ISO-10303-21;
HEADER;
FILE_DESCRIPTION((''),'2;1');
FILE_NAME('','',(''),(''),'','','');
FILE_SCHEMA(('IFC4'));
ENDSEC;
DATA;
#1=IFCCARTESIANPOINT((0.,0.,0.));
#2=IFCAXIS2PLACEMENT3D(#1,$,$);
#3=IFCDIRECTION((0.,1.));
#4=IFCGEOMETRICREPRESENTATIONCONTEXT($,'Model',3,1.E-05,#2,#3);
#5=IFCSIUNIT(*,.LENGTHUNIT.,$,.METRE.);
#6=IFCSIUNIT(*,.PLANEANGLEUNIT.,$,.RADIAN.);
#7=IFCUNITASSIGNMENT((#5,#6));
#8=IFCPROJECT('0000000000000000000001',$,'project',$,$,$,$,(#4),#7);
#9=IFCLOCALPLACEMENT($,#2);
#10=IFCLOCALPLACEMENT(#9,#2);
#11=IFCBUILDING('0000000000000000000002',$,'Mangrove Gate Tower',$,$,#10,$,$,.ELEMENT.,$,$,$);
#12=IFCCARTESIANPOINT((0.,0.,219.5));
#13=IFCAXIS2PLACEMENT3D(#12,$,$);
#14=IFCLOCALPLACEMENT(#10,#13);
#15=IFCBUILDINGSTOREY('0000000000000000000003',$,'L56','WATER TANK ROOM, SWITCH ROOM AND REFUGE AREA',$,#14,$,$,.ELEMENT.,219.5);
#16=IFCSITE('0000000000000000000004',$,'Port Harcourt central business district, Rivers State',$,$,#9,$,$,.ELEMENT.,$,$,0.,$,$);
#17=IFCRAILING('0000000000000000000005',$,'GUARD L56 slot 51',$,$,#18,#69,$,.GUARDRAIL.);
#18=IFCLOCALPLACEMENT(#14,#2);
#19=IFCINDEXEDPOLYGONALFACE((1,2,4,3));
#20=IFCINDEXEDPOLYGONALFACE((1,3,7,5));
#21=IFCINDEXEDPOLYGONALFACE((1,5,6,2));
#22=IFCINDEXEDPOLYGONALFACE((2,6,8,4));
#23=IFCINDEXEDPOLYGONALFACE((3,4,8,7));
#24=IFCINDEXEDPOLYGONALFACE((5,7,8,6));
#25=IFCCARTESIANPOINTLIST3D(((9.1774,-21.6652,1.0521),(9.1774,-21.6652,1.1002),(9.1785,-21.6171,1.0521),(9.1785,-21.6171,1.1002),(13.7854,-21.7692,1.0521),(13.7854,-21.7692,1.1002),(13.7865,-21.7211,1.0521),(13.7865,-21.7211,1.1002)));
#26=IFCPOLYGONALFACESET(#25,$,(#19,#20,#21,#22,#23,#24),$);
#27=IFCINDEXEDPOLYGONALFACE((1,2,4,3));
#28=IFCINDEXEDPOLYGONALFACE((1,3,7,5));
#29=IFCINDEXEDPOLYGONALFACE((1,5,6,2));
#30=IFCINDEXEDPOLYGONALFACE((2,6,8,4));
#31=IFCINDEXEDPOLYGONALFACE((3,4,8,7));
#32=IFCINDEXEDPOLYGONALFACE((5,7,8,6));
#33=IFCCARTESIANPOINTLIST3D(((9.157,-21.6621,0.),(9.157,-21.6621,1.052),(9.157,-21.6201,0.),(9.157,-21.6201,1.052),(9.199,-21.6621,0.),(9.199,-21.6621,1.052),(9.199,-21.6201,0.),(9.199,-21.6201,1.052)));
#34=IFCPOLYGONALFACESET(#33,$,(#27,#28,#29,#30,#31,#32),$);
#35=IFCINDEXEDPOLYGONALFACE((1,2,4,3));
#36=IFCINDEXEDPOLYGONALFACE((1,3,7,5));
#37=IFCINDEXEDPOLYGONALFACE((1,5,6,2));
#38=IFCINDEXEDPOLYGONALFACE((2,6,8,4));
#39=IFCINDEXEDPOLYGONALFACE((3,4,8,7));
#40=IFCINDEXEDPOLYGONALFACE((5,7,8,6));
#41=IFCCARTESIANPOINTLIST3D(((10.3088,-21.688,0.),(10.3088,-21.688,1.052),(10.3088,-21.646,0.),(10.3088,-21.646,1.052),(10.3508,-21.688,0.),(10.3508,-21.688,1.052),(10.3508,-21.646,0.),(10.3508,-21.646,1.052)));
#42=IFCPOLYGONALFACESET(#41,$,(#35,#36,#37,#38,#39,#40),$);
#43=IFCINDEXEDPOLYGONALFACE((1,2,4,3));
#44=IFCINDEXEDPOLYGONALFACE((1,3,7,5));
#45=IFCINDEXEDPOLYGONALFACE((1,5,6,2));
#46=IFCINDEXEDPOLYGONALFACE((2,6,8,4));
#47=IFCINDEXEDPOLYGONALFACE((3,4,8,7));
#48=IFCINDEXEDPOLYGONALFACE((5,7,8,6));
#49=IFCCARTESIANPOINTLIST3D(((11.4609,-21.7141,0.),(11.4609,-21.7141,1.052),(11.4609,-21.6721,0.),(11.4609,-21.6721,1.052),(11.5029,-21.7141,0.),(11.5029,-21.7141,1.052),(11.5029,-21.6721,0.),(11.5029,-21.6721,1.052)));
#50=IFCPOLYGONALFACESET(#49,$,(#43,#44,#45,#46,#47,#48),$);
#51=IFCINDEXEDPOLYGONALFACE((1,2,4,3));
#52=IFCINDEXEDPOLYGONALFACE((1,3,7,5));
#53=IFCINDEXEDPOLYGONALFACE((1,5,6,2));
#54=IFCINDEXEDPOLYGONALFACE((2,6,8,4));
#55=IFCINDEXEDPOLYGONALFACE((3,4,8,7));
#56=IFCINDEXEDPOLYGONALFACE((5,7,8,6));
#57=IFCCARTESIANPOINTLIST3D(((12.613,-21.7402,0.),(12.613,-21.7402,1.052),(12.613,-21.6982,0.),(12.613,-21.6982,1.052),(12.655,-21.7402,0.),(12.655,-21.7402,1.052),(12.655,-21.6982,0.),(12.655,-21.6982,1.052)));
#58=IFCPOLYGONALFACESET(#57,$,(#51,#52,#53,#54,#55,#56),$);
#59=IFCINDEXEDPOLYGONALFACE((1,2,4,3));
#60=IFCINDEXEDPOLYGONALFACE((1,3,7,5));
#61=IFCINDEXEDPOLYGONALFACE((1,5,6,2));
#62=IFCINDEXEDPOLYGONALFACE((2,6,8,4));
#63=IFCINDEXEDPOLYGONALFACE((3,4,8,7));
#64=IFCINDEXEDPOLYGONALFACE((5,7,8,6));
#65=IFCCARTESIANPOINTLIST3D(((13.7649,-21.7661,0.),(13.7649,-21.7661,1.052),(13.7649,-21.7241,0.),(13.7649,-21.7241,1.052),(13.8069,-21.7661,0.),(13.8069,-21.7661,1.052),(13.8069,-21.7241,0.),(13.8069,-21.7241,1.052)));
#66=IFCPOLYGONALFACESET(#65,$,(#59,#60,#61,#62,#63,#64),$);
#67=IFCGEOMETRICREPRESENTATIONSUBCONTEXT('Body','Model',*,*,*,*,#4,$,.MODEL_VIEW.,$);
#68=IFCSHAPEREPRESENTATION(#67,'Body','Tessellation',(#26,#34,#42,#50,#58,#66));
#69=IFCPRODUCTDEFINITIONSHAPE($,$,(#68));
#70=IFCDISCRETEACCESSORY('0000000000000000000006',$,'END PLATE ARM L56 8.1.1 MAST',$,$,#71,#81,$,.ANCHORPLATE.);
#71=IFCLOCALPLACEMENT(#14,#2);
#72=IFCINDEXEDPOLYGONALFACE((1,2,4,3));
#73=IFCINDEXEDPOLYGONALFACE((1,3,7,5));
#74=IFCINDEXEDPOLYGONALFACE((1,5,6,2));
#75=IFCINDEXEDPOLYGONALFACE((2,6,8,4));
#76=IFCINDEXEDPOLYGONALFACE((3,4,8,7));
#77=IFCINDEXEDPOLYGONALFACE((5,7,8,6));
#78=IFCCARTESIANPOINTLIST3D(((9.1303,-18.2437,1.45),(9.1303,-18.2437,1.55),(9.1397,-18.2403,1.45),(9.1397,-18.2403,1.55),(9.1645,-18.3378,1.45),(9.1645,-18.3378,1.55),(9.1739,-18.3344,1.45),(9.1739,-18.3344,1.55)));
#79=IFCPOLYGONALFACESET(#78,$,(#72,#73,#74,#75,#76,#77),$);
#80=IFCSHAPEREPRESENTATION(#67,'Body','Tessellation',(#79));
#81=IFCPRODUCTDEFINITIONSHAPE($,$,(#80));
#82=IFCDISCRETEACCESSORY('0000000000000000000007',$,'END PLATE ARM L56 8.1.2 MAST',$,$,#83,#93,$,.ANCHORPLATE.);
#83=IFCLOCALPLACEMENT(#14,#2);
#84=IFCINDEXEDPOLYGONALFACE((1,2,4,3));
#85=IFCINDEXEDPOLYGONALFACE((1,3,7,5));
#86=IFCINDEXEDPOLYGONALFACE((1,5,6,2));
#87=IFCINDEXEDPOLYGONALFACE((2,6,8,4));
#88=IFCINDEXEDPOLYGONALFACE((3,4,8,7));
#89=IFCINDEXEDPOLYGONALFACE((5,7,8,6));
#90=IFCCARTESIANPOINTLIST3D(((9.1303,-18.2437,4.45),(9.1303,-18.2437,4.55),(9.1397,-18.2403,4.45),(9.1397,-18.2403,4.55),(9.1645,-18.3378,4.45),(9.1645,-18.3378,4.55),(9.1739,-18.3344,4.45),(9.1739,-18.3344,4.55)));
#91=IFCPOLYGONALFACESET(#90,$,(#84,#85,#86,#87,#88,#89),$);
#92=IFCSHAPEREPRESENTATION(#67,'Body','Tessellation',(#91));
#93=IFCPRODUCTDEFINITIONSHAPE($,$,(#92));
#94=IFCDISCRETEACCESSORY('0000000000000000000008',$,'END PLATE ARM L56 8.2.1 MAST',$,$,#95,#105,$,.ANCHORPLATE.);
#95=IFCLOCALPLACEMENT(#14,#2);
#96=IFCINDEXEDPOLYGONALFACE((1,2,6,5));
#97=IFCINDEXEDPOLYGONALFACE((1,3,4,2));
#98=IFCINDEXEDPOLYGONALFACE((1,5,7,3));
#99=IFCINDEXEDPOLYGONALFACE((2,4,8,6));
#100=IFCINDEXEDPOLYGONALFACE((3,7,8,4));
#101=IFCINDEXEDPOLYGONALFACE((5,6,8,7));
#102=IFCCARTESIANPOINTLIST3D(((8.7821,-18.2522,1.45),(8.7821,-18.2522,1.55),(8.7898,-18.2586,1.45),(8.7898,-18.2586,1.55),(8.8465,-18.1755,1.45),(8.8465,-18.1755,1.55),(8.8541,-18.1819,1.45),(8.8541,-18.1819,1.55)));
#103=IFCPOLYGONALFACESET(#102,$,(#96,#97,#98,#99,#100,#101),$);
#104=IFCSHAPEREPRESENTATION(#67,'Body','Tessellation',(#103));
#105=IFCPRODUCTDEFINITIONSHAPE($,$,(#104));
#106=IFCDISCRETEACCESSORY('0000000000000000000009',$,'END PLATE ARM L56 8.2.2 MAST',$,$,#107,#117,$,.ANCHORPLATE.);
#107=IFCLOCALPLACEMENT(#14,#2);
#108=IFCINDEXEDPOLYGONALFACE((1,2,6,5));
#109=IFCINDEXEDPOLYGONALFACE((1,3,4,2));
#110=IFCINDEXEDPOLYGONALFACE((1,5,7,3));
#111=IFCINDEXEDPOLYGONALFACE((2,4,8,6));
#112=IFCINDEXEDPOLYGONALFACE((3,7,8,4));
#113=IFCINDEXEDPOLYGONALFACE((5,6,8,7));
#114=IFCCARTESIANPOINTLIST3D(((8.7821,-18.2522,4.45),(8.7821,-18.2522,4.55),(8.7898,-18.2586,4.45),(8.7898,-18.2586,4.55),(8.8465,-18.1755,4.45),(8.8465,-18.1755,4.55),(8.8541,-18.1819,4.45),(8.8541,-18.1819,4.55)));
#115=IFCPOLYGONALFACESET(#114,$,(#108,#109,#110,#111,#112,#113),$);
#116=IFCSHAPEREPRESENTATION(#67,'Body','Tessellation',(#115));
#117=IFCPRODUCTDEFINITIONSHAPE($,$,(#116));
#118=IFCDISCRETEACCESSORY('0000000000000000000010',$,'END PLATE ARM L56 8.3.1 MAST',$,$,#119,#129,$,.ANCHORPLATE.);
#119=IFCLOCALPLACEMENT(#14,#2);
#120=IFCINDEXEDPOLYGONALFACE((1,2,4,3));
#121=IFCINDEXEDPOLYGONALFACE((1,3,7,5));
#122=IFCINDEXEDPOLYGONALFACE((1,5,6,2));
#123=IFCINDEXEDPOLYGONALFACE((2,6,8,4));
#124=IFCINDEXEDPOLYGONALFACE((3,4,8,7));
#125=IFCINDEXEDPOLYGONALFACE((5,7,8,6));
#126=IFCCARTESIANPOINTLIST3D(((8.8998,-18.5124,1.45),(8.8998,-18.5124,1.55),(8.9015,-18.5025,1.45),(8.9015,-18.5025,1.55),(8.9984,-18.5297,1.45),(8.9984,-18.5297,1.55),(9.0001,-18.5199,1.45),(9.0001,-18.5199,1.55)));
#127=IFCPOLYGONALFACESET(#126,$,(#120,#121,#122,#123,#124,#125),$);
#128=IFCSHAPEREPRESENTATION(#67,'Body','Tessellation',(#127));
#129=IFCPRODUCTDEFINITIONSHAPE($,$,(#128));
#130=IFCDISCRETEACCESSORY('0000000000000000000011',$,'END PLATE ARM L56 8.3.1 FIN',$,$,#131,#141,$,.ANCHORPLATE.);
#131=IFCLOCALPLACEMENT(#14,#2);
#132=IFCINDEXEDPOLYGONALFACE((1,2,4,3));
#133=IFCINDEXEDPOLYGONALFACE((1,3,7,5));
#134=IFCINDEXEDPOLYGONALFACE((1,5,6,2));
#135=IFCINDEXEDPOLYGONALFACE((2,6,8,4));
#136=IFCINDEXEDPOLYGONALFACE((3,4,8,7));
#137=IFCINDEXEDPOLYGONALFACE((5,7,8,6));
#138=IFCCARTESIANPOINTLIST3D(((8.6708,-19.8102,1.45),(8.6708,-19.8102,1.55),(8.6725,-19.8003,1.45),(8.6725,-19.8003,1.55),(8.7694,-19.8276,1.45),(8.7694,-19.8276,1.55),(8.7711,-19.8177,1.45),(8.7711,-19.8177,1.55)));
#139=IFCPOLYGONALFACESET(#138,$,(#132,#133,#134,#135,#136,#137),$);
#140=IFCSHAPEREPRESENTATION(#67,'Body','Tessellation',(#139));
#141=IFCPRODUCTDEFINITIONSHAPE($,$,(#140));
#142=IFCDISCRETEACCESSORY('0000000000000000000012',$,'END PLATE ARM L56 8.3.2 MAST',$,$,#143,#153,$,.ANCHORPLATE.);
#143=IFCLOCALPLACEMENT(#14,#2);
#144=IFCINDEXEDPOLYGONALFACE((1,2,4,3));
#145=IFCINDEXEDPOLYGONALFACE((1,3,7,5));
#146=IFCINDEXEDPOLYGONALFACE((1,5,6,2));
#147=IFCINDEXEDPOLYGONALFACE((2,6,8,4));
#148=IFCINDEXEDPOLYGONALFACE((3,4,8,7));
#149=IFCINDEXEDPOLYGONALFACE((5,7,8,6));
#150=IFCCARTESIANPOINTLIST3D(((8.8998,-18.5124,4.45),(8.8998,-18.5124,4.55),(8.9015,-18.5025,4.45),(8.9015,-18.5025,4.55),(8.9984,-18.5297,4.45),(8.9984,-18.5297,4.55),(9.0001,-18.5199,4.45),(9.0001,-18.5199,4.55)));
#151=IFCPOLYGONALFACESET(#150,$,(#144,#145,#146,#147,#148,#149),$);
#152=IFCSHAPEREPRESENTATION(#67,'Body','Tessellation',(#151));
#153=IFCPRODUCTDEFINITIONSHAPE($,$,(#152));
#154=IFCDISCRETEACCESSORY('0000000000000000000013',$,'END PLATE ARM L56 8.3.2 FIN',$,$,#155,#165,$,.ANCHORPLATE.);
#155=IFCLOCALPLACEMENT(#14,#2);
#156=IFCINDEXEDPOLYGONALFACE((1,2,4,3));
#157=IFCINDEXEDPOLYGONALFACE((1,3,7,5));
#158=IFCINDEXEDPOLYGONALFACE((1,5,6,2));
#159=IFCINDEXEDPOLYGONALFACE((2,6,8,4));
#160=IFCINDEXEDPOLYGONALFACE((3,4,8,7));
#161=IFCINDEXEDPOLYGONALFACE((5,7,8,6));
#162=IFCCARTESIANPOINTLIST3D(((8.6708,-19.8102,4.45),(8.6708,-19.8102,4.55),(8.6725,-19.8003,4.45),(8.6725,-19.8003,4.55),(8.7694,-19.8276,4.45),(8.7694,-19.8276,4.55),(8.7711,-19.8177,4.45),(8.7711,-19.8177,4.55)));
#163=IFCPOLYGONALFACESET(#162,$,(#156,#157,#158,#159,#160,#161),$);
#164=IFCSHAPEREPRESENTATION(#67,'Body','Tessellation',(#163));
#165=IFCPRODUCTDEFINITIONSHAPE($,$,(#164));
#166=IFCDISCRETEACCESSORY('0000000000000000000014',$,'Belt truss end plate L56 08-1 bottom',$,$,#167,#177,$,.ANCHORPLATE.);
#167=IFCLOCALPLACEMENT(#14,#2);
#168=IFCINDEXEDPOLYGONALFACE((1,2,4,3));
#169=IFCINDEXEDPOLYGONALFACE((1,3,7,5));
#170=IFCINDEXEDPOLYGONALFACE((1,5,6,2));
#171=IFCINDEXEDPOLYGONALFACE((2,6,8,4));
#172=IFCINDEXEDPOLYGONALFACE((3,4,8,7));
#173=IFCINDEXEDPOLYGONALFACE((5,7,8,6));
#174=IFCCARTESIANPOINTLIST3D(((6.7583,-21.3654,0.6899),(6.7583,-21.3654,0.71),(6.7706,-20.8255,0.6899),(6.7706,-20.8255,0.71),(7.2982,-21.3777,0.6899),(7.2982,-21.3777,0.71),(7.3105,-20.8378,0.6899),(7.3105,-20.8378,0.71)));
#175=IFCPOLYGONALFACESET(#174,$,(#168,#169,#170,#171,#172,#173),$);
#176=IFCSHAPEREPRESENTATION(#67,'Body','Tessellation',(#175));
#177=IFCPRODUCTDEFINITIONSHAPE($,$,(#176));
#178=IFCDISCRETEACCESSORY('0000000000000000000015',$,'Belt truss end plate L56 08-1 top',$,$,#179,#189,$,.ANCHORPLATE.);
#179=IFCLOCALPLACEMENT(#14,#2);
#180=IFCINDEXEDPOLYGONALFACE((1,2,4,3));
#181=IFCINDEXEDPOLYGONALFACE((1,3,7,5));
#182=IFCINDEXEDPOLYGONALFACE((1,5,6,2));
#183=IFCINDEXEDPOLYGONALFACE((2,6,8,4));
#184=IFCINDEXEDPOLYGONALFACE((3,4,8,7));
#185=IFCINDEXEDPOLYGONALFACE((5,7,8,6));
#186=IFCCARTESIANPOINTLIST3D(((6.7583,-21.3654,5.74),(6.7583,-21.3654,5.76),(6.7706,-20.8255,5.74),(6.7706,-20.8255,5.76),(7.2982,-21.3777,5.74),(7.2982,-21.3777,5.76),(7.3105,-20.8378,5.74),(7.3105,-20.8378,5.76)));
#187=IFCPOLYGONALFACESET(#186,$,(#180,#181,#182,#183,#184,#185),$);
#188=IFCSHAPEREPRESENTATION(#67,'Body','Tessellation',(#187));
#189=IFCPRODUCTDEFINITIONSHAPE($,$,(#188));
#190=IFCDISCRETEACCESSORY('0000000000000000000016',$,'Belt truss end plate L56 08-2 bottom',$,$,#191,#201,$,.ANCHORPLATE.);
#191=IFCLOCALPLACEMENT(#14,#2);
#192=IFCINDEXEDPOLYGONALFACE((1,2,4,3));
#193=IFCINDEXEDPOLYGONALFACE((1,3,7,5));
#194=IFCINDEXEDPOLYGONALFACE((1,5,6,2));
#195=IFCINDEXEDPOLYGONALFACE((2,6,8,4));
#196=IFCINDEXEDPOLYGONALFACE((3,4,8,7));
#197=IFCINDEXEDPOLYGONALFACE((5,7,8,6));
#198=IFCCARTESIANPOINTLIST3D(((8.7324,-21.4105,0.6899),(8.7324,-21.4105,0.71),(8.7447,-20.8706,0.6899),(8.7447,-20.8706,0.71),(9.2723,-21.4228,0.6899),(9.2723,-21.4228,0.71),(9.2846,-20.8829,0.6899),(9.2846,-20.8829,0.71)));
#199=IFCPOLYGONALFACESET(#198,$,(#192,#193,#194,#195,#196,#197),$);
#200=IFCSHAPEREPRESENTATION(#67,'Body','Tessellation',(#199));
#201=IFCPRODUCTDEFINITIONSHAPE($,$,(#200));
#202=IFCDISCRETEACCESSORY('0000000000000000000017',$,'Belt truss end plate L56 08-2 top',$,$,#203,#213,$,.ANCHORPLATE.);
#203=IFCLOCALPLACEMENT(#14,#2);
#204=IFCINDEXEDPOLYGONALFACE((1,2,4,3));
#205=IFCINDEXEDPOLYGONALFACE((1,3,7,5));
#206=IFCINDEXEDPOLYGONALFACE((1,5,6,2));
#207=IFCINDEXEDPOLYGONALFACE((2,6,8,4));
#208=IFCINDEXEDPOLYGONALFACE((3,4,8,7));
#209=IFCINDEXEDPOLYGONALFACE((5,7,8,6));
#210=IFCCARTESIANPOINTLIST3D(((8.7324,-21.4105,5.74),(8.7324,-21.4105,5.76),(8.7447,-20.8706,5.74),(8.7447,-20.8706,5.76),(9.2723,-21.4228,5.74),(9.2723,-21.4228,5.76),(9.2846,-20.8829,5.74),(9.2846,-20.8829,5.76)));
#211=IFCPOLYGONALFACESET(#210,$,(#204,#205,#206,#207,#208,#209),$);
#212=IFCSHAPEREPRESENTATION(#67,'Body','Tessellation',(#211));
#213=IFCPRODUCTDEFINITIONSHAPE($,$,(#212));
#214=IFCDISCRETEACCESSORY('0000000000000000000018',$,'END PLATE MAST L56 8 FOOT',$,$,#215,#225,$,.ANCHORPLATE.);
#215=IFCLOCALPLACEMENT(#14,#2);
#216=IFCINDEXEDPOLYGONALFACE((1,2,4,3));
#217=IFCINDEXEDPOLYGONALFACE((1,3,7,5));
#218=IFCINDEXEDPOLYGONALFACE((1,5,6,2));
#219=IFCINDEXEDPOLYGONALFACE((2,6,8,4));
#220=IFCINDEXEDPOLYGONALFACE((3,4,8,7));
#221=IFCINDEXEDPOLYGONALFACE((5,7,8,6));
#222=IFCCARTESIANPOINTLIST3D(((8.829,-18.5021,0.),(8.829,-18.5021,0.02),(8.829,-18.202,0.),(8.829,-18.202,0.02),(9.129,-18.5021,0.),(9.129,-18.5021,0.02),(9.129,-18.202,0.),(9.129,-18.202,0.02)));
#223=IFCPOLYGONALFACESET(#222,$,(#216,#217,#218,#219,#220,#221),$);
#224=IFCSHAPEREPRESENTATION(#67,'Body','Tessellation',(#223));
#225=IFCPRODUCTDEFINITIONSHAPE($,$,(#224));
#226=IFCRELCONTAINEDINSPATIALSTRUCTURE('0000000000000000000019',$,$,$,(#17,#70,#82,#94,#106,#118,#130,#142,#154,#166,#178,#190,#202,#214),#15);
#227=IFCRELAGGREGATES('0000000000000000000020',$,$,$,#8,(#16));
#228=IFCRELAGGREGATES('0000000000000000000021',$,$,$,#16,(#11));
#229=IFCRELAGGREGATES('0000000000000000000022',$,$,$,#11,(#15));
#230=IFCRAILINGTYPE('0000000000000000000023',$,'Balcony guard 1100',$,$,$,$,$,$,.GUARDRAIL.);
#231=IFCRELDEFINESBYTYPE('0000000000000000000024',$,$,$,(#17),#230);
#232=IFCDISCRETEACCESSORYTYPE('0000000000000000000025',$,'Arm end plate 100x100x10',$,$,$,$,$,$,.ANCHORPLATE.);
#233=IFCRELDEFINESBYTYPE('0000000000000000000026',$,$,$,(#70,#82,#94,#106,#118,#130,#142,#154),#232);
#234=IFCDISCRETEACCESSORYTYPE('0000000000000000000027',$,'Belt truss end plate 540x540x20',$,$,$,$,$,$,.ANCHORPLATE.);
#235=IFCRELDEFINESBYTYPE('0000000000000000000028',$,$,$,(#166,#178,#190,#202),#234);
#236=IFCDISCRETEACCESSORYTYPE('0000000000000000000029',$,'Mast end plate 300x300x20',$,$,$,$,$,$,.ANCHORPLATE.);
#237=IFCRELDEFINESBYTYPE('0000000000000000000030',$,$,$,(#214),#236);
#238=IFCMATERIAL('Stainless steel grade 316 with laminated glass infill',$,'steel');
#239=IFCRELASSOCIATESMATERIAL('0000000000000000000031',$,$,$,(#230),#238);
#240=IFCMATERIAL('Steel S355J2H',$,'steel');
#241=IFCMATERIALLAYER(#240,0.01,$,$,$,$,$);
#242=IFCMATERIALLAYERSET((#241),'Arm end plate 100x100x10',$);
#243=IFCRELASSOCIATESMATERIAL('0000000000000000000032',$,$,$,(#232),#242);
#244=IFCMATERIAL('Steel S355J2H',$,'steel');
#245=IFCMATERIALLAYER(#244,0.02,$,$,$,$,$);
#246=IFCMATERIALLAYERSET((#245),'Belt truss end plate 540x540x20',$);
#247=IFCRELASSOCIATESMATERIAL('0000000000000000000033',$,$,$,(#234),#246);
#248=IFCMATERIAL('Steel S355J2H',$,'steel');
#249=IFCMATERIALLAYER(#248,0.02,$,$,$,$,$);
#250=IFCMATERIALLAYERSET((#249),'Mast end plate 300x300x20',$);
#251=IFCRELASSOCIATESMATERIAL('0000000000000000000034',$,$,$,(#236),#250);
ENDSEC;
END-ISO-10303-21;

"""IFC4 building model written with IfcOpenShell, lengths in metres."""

from ifc_helpers import new_model, si_unit, direction, frame, origin, origin_2d, place, context, subcontext, project, spatial, rectangle, extrude, material, layer, layer_set, type_object, element, save


model = new_model("IFC4")

# Units and contexts
model_context = context("Model", 3, precision=1e-05, world=origin(), true_north=direction((0.0, 1.0)))
body_context = subcontext(model_context, "Body", "Model", "MODEL_VIEW")
ifc_project = project(units=[si_unit("LENGTHUNIT", "METRE"), si_unit("PLANEANGLEUNIT", "RADIAN")], contexts=[model_context])

# Site, building, storey
site_placement = place(None, origin())
site = spatial("IfcSite", under=ifc_project, at=site_placement, Name="Port Harcourt central business district, Rivers State", CompositionType="ELEMENT", RefElevation=0.0)
building_placement = place(site_placement, origin())
building = spatial("IfcBuilding", under=site, at=building_placement, Name="Mangrove Gate Tower", CompositionType="ELEMENT")
storey_placement = place(building_placement, frame((0.0, 0.0, 219.5)))
storey = spatial("IfcBuildingStorey", under=building, at=storey_placement, Name="L56", Description="WATER TANK ROOM, SWITCH ROOM AND REFUGE AREA", CompositionType="ELEMENT", Elevation=219.5)

# Railing
ifc_material_1 = material(Name="Stainless steel grade 316 with laminated glass infill", Category="steel")
railing_type = type_object("IfcRailingType", Name="Balcony guard 1100", PredefinedType="GUARDRAIL", material=ifc_material_1)
railing_placement = place(storey_placement, frame((9.178, -21.6411, 0.0)))
element("IfcRailing", 1, at=railing_placement, inside=storey, type_object=railing_type, Name="GUARD L56 slot 51", PredefinedType="GUARDRAIL", context=body_context, shape_type="SweptSolid", body=[
    extrude(rectangle(XDim=0.0481, YDim=0.0481, at=origin_2d()), frame((0.0, 0.0, 1.0762), z_axis=(0.999745, -0.022565, 0.0), x_axis=(0.022565, 0.999745, 0.0)), (0.0, 0.0, 1.0), 4.6091),
    extrude(rectangle(XDim=0.042, YDim=0.042, at=origin_2d()), origin(), (0.0, 0.0, 1.0), 1.052),
    extrude(rectangle(XDim=0.042, YDim=0.042, at=origin_2d()), frame((1.1519, -0.0259, 0.0)), (0.0, 0.0, 1.0), 1.052),
    extrude(rectangle(XDim=0.042, YDim=0.042, at=origin_2d()), frame((2.304, -0.052, 0.0)), (0.0, 0.0, 1.0), 1.052),
    extrude(rectangle(XDim=0.042, YDim=0.042, at=origin_2d()), frame((3.4561, -0.0781, 0.0)), (0.0, 0.0, 1.0), 1.052),
    extrude(rectangle(XDim=0.042, YDim=0.042, at=origin_2d()), frame((4.6079, -0.104, 0.0)), (0.0, 0.0, 1.0), 1.052),
])

# Discrete accessories
ifc_material_2 = material(Name="Steel S355J2H", Category="steel")
ifc_layer_1 = layer(ifc_material_2, 0.01)
ifc_layer_set_1 = layer_set([ifc_layer_1], Name="Arm end plate 100x100x10")
discrete_accessory_type_1 = type_object("IfcDiscreteAccessoryType", Name="Arm end plate 100x100x10", PredefinedType="ANCHORPLATE", material=ifc_layer_set_1)
for number, where, z_axis, x_axis, name in (
    (2, (9.1521, -18.2891, 1.45), (0.0, 0.0, 1.0), (0.939693, 0.34202, 0.0), "END PLATE ARM L56 8.1.1 MAST"),
    (3, (9.1521, -18.2891, 4.45), (0.0, 0.0, 1.0), (0.939693, 0.34202, 0.0), "END PLATE ARM L56 8.1.2 MAST"),
    (4, (8.8181, -18.217, 1.45), (0.0, 0.0, 1.0), (-0.766044, 0.642788, 0.0), "END PLATE ARM L56 8.2.1 MAST"),
    (5, (8.8181, -18.217, 4.45), (0.0, 0.0, 1.0), (-0.766044, 0.642788, 0.0), "END PLATE ARM L56 8.2.2 MAST"),
    (6, (8.95, -18.5161, 1.45), (0.0, 0.0, 1.0), (-0.173648, -0.984808, 0.0), "END PLATE ARM L56 8.3.1 MAST"),
    (7, (8.7209, -19.814, 1.45), (0.0, 0.0, 1.0), (-0.173648, -0.984808, 0.0), "END PLATE ARM L56 8.3.1 FIN"),
    (8, (8.95, -18.5161, 4.45), (0.0, 0.0, 1.0), (-0.173648, -0.984808, 0.0), "END PLATE ARM L56 8.3.2 MAST"),
    (9, (8.7209, -19.814, 4.45), (0.0, 0.0, 1.0), (-0.173648, -0.984808, 0.0), "END PLATE ARM L56 8.3.2 FIN"),
):
    element("IfcDiscreteAccessory", number, at=place(storey_placement, frame(where, z_axis=z_axis, x_axis=x_axis)), inside=storey, type_object=discrete_accessory_type_1, Name=name, PredefinedType="ANCHORPLATE", context=body_context, shape_type="SweptSolid", body=[
        extrude(rectangle(XDim=0.01, YDim=0.1001, at=origin_2d()), origin(), (0.0, 0.0, 1.0), 0.1001),
    ])
ifc_material_3 = material(Name="Steel S355J2H", Category="steel")
ifc_layer_2 = layer(ifc_material_3, 0.02)
ifc_layer_set_2 = layer_set([ifc_layer_2], Name="Belt truss end plate 540x540x20")
discrete_accessory_type_2 = type_object("IfcDiscreteAccessoryType", Name="Belt truss end plate 540x540x20", PredefinedType="ANCHORPLATE", material=ifc_layer_set_2)
for number, where, z_axis, x_axis, name in (
    (10, (7.0344, -21.1016, 0.6899), (0.0, 0.0, 1.0), (0.999741, -0.02278, 0.0), "Belt truss end plate L56 08-1 bottom"),
    (11, (7.0344, -21.1016, 5.74), (0.0, 0.0, 1.0), (0.999741, -0.02278, 0.0), "Belt truss end plate L56 08-1 top"),
    (12, (9.0085, -21.1467, 0.6899), (0.0, 0.0, 1.0), (0.999741, -0.02278, 0.0), "Belt truss end plate L56 08-2 bottom"),
    (13, (9.0085, -21.1467, 5.74), (0.0, 0.0, 1.0), (0.999741, -0.02278, 0.0), "Belt truss end plate L56 08-2 top"),
):
    element("IfcDiscreteAccessory", number, at=place(storey_placement, frame(where, z_axis=z_axis, x_axis=x_axis)), inside=storey, type_object=discrete_accessory_type_2, Name=name, PredefinedType="ANCHORPLATE", context=body_context, shape_type="SweptSolid", body=[
        extrude(rectangle(XDim=0.54, YDim=0.54, at=origin_2d()), origin(), (0.0, 0.0, 1.0), 0.02),
    ])
ifc_material_4 = material(Name="Steel S355J2H", Category="steel")
ifc_layer_3 = layer(ifc_material_4, 0.02)
ifc_layer_set_3 = layer_set([ifc_layer_3], Name="Mast end plate 300x300x20")
discrete_accessory_type_3 = type_object("IfcDiscreteAccessoryType", Name="Mast end plate 300x300x20", PredefinedType="ANCHORPLATE", material=ifc_layer_set_3)
for number, where, z_axis, x_axis, name in (
    (14, (8.979, -18.3521, 0.0), (0.0, 0.0, 1.0), (1.0, 0.0, 0.0), "END PLATE MAST L56 8 FOOT"),
):
    element("IfcDiscreteAccessory", number, at=place(storey_placement, frame(where, z_axis=z_axis, x_axis=x_axis)), inside=storey, type_object=discrete_accessory_type_3, Name=name, PredefinedType="ANCHORPLATE", context=body_context, shape_type="SweptSolid", body=[
        extrude(rectangle(XDim=0.3, YDim=0.3, at=origin_2d()), origin(), (0.0, 0.0, 1.0), 0.02),
    ])

save(model, "model.ifc")
